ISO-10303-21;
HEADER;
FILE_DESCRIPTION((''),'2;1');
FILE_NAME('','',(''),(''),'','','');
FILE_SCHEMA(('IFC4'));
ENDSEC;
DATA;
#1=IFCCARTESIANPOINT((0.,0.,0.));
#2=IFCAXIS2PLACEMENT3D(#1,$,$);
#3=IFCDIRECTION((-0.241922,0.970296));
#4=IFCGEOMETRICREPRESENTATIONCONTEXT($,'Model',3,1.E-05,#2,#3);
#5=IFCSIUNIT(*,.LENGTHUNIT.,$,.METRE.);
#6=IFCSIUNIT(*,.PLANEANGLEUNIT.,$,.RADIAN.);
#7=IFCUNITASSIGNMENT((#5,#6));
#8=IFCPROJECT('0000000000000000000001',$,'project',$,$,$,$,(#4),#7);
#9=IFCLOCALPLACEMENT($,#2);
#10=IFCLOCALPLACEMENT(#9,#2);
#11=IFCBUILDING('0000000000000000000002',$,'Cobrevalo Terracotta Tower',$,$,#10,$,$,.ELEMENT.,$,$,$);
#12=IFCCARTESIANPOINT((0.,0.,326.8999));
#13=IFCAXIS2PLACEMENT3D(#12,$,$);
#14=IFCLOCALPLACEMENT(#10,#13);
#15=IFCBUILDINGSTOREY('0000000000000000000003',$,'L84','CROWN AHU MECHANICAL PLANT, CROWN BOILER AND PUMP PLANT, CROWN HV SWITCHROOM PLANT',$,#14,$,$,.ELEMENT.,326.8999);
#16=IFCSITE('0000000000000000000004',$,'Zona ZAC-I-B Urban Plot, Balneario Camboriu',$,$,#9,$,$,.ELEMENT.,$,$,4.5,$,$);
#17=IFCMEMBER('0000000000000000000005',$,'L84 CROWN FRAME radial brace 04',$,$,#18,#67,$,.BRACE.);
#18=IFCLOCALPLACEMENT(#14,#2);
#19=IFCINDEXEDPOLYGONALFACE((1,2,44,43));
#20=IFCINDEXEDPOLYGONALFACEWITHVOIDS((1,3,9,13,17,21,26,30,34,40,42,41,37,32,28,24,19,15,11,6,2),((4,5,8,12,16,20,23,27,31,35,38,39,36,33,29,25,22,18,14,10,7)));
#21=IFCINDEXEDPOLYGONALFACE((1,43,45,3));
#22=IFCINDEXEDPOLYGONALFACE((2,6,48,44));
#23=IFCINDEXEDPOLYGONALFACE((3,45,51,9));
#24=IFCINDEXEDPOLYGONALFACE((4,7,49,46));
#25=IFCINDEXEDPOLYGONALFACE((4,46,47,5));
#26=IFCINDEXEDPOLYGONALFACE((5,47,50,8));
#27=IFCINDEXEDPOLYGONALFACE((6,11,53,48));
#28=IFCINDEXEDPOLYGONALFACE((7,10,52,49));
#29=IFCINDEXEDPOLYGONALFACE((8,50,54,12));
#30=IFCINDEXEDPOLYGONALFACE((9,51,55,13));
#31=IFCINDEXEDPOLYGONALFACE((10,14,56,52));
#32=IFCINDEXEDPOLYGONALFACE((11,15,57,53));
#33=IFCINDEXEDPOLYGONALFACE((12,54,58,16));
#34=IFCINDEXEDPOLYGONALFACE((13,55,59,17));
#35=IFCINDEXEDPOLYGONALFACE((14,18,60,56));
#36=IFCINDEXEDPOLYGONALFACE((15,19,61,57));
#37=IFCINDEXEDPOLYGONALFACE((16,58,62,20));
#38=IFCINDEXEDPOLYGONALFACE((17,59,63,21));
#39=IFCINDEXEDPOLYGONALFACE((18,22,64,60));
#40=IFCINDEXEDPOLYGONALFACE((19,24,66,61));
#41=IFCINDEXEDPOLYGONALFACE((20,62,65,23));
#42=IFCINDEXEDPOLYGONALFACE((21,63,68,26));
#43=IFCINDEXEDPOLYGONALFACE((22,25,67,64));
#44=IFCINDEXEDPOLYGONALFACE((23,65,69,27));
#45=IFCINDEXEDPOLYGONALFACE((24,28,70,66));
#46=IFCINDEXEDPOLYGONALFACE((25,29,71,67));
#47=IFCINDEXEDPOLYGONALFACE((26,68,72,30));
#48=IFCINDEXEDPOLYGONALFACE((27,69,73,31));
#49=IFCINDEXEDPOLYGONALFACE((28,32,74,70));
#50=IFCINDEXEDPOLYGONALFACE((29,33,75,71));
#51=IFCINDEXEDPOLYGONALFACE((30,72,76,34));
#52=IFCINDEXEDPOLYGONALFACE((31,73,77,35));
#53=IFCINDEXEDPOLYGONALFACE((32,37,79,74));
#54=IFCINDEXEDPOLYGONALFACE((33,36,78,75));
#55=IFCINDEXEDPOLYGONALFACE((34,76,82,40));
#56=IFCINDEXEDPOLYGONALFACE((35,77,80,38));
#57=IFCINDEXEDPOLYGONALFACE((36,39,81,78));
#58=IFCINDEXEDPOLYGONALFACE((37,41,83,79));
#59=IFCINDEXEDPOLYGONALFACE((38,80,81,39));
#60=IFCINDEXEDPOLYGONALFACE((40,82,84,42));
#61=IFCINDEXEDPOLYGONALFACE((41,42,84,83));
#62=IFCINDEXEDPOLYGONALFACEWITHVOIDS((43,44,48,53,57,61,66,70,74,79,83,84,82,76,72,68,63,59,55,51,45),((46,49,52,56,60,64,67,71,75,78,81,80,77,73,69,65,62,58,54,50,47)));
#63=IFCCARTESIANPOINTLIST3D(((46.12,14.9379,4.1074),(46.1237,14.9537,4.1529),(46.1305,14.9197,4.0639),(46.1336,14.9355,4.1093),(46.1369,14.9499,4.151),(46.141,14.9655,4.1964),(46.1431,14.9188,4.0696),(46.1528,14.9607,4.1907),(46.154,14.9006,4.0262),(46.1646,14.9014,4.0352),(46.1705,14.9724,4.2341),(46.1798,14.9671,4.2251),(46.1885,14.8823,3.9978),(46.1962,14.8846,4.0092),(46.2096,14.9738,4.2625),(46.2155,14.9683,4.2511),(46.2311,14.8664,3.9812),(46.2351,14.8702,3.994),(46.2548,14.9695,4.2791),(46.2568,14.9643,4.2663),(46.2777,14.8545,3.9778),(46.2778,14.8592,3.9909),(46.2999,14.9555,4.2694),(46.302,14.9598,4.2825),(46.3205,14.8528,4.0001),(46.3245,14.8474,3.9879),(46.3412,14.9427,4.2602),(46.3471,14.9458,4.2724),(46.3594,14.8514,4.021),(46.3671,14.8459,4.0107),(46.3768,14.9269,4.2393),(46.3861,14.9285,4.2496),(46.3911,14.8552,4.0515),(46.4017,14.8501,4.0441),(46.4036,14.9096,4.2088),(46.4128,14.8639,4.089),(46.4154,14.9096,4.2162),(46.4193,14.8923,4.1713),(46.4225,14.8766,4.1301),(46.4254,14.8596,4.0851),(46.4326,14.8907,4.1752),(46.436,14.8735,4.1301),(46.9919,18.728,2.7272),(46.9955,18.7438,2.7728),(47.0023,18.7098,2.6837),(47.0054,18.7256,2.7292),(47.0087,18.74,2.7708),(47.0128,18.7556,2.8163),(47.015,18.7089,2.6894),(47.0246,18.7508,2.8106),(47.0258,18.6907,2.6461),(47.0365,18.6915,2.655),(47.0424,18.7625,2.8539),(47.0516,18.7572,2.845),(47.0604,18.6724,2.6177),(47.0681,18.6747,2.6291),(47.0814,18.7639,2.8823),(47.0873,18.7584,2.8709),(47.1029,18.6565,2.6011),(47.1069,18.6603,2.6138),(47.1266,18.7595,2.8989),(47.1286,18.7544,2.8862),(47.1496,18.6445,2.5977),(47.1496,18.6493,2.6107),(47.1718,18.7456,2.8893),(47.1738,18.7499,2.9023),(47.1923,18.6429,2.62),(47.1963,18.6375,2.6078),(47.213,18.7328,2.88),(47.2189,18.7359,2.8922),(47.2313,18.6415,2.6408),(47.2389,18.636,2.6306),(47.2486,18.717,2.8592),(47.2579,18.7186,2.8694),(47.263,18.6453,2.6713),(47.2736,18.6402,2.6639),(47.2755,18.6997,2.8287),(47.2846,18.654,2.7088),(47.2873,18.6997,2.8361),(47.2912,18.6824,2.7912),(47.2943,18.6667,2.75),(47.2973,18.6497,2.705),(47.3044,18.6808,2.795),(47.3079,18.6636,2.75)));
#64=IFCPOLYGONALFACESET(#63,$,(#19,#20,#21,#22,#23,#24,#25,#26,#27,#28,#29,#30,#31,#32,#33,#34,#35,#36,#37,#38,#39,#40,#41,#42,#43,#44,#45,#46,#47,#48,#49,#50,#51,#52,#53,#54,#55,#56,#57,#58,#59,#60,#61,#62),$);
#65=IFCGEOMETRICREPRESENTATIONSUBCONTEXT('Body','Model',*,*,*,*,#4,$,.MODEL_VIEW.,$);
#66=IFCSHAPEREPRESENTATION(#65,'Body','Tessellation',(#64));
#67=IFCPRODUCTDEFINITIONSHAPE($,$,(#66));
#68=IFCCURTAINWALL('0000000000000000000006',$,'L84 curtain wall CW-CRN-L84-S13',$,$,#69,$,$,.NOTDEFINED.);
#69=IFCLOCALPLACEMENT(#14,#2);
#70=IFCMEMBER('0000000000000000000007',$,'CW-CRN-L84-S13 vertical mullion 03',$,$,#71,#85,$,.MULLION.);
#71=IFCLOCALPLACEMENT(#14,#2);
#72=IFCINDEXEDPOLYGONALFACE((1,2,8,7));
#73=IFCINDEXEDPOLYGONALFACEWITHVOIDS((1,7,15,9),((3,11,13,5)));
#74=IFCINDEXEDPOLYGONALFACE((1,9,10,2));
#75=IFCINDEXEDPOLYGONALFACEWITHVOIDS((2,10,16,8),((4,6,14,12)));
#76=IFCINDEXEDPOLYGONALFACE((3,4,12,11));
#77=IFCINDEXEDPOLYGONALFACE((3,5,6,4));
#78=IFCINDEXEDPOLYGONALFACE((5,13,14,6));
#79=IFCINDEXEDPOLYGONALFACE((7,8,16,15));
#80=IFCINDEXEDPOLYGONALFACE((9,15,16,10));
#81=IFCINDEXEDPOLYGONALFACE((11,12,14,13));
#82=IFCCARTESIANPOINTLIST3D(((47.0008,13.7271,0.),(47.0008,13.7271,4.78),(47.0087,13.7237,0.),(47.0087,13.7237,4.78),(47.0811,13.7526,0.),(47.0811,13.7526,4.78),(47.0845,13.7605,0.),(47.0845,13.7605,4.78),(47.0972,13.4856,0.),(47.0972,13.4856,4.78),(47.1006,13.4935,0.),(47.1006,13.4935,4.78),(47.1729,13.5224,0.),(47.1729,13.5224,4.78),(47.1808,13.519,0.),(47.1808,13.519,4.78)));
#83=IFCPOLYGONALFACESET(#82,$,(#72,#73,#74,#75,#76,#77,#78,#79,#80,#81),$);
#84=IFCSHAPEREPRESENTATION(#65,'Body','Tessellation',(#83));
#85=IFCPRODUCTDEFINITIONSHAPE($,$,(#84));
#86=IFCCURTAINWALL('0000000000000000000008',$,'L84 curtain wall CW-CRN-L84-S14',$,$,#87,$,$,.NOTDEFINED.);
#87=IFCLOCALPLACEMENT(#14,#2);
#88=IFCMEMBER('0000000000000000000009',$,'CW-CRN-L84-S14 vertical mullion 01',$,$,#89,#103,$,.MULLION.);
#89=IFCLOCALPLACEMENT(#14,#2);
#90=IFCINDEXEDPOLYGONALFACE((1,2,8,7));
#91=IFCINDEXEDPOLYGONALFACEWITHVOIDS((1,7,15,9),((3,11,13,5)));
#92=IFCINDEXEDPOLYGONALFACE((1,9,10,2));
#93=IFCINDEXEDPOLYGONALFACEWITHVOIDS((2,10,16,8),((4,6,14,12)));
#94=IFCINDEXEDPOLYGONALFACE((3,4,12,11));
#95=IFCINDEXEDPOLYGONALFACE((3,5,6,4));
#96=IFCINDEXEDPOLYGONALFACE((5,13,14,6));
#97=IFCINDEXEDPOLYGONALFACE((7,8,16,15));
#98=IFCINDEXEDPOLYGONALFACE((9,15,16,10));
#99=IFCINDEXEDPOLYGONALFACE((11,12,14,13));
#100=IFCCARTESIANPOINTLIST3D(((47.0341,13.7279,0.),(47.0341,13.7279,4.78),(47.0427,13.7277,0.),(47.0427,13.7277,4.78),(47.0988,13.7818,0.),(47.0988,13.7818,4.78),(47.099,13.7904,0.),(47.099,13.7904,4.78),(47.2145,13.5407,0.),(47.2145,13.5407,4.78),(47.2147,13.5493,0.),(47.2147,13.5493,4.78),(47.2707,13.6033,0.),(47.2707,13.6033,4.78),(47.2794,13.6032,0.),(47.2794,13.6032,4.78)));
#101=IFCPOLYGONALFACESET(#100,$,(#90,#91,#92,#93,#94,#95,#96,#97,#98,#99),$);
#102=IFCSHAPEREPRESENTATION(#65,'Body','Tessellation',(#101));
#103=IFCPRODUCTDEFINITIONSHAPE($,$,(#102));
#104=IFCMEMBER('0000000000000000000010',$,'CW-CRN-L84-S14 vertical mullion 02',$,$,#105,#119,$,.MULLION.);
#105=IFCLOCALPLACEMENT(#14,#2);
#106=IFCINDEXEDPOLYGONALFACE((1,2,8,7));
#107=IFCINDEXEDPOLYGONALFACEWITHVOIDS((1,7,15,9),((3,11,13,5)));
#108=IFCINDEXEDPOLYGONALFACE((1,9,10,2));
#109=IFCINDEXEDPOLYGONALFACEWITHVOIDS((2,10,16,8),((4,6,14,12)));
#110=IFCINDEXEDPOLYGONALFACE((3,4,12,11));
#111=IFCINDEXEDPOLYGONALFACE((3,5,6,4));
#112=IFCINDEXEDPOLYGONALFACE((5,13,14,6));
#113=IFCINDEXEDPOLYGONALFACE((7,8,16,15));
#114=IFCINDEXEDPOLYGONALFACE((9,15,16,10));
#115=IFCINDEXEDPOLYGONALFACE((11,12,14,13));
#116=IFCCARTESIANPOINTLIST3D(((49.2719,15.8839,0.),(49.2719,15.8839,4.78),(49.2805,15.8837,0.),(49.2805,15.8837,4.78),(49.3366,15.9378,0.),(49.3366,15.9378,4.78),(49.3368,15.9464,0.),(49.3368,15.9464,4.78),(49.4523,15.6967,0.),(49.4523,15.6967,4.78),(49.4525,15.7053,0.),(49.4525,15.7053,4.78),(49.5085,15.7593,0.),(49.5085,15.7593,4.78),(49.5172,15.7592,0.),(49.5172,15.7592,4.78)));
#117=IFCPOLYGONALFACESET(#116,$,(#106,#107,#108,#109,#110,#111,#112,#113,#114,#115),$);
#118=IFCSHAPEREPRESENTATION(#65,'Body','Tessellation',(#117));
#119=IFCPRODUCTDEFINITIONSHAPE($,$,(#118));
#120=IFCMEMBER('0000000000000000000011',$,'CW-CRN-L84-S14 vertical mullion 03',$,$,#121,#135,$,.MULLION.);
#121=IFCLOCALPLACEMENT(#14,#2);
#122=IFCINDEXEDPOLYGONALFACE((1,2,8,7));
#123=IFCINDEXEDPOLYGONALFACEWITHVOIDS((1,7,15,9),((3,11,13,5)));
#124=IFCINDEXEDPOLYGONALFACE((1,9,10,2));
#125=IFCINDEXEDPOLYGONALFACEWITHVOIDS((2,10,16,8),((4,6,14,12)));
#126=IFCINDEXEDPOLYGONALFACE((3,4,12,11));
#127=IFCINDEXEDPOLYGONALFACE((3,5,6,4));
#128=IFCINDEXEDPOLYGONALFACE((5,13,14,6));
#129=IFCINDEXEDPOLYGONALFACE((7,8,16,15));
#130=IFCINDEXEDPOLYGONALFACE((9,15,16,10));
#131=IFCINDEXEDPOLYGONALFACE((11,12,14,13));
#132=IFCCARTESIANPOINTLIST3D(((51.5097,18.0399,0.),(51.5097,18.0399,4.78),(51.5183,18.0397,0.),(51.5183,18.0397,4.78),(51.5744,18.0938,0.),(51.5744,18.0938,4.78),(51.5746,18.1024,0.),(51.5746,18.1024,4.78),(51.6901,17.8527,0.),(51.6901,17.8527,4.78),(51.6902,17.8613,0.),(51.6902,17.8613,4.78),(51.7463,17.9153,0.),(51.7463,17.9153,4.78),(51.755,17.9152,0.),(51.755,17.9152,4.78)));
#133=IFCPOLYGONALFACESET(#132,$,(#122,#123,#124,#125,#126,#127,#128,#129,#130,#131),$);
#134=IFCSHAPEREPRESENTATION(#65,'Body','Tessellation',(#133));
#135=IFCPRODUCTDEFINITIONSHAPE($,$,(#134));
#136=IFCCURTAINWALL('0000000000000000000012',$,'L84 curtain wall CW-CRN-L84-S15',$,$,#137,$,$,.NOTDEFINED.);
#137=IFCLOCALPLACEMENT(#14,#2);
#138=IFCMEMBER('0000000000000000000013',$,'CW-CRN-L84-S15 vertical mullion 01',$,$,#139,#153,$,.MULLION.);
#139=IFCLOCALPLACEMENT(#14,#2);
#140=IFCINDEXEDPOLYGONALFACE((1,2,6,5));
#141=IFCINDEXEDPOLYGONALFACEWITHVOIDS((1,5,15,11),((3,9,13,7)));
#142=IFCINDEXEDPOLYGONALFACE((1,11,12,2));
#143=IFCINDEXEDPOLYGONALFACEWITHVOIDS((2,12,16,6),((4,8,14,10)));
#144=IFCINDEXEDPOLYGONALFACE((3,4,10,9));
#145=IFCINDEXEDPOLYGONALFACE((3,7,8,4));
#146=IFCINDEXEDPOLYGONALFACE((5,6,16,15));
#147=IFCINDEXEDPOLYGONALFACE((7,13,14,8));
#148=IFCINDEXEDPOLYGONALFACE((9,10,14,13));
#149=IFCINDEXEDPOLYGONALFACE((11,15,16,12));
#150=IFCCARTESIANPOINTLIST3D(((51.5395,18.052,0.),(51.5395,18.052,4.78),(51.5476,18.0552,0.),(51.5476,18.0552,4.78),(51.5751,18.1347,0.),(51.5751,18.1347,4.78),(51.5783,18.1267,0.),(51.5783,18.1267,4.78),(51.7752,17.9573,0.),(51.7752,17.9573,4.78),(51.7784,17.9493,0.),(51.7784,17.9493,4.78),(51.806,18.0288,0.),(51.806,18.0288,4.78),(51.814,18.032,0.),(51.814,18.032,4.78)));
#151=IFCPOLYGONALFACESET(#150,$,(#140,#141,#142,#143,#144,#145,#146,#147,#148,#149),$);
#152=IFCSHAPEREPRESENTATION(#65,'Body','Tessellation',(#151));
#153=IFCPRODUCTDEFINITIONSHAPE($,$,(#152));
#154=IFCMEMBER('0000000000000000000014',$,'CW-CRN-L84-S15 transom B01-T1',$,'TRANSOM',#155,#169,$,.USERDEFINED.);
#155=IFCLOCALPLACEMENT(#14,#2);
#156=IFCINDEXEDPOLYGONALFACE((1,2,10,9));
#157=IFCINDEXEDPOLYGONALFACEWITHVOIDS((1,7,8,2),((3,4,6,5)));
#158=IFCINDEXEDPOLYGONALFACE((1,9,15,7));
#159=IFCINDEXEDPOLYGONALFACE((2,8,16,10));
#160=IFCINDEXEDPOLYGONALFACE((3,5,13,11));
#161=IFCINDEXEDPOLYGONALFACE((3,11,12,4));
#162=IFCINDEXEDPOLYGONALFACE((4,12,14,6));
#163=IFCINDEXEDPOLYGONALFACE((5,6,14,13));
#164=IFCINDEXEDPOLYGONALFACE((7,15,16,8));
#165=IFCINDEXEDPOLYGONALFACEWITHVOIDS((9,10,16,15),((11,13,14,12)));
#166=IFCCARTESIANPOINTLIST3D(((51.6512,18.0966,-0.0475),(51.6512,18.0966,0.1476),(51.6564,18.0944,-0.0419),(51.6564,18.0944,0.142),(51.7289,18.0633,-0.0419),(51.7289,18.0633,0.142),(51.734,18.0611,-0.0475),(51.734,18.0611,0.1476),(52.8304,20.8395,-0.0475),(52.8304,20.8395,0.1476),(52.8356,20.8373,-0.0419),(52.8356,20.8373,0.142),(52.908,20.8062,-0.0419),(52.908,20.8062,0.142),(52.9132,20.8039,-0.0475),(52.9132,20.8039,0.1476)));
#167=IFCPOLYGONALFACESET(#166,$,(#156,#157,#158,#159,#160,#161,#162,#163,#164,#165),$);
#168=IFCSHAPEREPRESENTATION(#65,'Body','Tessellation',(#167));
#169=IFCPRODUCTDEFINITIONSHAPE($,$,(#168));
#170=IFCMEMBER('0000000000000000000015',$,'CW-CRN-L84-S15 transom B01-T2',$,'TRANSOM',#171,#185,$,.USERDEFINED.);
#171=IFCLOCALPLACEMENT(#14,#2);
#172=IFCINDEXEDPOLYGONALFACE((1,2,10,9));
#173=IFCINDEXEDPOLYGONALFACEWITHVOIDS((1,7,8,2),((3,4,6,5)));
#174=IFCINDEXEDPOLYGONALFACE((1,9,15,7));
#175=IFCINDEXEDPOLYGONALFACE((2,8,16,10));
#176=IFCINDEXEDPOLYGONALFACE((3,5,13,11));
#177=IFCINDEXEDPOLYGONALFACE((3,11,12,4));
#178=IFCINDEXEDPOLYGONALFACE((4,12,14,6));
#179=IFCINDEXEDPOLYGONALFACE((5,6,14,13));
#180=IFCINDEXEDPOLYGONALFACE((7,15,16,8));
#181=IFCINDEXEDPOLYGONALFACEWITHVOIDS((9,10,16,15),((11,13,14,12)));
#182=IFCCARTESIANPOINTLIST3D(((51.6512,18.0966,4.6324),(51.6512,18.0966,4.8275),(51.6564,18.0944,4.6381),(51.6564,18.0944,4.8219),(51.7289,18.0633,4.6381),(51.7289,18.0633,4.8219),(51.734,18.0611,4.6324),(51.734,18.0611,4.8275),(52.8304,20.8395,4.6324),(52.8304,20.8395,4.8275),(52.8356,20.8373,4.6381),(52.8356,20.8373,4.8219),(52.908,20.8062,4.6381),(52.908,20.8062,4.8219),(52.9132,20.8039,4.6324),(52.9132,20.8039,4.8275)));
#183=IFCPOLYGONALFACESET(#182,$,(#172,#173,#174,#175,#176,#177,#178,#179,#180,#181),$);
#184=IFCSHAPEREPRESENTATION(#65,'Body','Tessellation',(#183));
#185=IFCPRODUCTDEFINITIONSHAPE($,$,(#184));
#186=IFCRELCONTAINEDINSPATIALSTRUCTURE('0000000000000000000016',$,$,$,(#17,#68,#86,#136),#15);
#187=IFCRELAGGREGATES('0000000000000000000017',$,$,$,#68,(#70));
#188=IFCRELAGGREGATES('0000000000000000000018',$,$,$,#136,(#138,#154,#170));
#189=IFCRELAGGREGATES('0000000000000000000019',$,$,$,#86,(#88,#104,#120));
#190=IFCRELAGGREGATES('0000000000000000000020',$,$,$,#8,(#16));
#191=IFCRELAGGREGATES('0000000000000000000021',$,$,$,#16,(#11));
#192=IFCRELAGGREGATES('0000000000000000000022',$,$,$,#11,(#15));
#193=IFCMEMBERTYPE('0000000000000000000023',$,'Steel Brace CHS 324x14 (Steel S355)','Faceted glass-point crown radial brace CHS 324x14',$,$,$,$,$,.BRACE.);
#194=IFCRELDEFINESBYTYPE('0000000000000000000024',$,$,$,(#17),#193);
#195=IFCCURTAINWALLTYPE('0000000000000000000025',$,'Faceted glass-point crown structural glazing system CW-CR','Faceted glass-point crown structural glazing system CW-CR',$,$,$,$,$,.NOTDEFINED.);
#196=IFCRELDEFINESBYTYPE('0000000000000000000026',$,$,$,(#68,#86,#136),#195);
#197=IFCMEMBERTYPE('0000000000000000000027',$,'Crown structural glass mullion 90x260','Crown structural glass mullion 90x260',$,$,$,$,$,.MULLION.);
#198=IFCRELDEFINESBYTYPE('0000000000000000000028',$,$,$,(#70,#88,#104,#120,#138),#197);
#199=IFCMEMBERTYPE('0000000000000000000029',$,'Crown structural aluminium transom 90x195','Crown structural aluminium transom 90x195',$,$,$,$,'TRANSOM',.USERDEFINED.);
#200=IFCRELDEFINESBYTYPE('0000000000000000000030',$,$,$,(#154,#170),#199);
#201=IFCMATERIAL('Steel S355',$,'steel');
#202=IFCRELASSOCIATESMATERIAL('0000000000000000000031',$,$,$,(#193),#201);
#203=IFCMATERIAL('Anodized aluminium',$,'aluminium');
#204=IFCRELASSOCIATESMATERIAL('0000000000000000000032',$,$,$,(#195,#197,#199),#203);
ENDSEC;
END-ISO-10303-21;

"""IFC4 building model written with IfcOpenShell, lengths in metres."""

from ifc_helpers import new_model, si_unit, direction, frame, origin, origin_2d, place, context, subcontext, project, spatial, hollow_rectangle, hollow_circle, extrude, source, transform, mapped, material, material_profile, profile_set, type_object, element, aggregate, save


model = new_model("IFC4")

# Units and contexts
model_context = context("Model", 3, precision=1e-05, world=origin(), true_north=direction((-0.241922, 0.970296)))
body_context = subcontext(model_context, "Body", "Model", "MODEL_VIEW")
ifc_project = project(units=[si_unit("LENGTHUNIT", "METRE"), si_unit("PLANEANGLEUNIT", "RADIAN")], contexts=[model_context])

# Site, building, storey
site_placement = place(None, origin())
site = spatial("IfcSite", under=ifc_project, at=site_placement, Name="Zona ZAC-I-B Urban Plot, Balneario Camboriu", CompositionType="ELEMENT", RefElevation=4.5)
building_placement = place(site_placement, origin())
building = spatial("IfcBuilding", under=site, at=building_placement, Name="Cobrevalo Terracotta Tower", CompositionType="ELEMENT")
storey_placement = place(building_placement, frame((0.0, 0.0, 326.8999)))
storey = spatial("IfcBuildingStorey", under=building, at=storey_placement, Name="L84", Description="CROWN AHU MECHANICAL PLANT, CROWN BOILER AND PUMP PLANT, CROWN HV SWITCHROOM PLANT", CompositionType="ELEMENT", Elevation=326.8999)

# Member
ifc_material_1 = material(Name="Steel S355", Category="steel")
ifc_material_profile_1 = material_profile(ifc_material_1, hollow_circle(Radius=0.1621, WallThickness=0.0139, at=origin_2d()), Name="CHS 324x14")
ifc_profile_set_1 = profile_set([ifc_material_profile_1], Name="Steel S355")
member_type_1 = type_object("IfcMemberType", Name="Steel Brace CHS 324x14 (Steel S355)", Description="Faceted glass-point crown radial brace CHS 324x14", PredefinedType="BRACE", material=ifc_profile_set_1)
shared_shape_1 = source(origin(), body_context, "Body", "SweptSolid", [
    extrude(hollow_circle(Radius=0.1621, WallThickness=0.0139, at=origin_2d()), origin(), (0.0, 0.0, 1.0), 4.1267),
])
member_1_placement = place(storey_placement, frame((47.1499, 18.7, 2.75), z_axis=(-0.211267, -0.91843, 0.334443), x_axis=(0.974549, -0.224176, 0.0)))
element("IfcMember", 1, at=member_1_placement, inside=storey, type_object=member_type_1, Name="L84 CROWN FRAME radial brace 04", PredefinedType="BRACE", context=body_context, shape_type="MappedRepresentation", body=[
    mapped(shared_shape_1, transform((0.0, 0.0, 0.0), scale=1.0)),
])

# Curtain wall, member
ifc_material_2 = material(Name="Anodized aluminium", Category="aluminium")
curtain_wall_type = type_object("IfcCurtainWallType", Name="Faceted glass-point crown structural glazing system CW-CR", Description="Faceted glass-point crown structural glazing system CW-CR", PredefinedType="NOTDEFINED", material=ifc_material_2)
curtain_wall_1_placement = place(storey_placement, origin())
curtain_wall_1 = element("IfcCurtainWall", 2, at=curtain_wall_1_placement, inside=storey, type_object=curtain_wall_type, Name="L84 curtain wall CW-CRN-L84-S13", PredefinedType="NOTDEFINED")
ifc_material_profile_2 = material_profile(ifc_material_2, hollow_rectangle(XDim=0.0901, YDim=0.26, WallThickness=0.0061, at=origin_2d()), Name="CWM 90x260")
ifc_profile_set_2 = profile_set([ifc_material_profile_2], Name="Anodized aluminium")
member_type_2 = type_object("IfcMemberType", Name="Crown structural glass mullion 90x260", Description="Crown structural glass mullion 90x260", PredefinedType="MULLION", material=ifc_profile_set_2)
shared_shape_2 = source(origin(), body_context, "Body", "SweptSolid", [
    extrude(hollow_rectangle(XDim=0.0901, YDim=0.26, WallThickness=0.0061, at=origin_2d()), origin(), (0.0, 0.0, 1.0), 4.78),
])
member_2_placement = place(storey_placement, frame((47.0908, 13.623, 0.0), z_axis=(0.0, 0.0, 1.0), x_axis=(0.928771, 0.370655, 0.0)))
member_2 = element("IfcMember", 3, at=member_2_placement, type_object=member_type_2, Name="CW-CRN-L84-S13 vertical mullion 03", PredefinedType="MULLION", context=body_context, shape_type="MappedRepresentation", body=[
    mapped(shared_shape_2, transform((0.0, 0.0, 0.0), scale=1.0)),
])
aggregate(curtain_wall_1, [member_2])

# Curtain walls, members
curtain_wall_2_placement = place(storey_placement, origin())
curtain_wall_2 = element("IfcCurtainWall", 4, at=curtain_wall_2_placement, inside=storey, type_object=curtain_wall_type, Name="L84 curtain wall CW-CRN-L84-S14", PredefinedType="NOTDEFINED")
member_3_placement = place(storey_placement, frame((47.1567, 13.6655, 0.0), z_axis=(0.0, 0.0, 1.0), x_axis=(0.72014, 0.693829, 0.0)))
member_3 = element("IfcMember", 5, at=member_3_placement, type_object=member_type_2, Name="CW-CRN-L84-S14 vertical mullion 01", PredefinedType="MULLION", context=body_context, shape_type="MappedRepresentation", body=[
    mapped(shared_shape_2, transform((0.0, 0.0, 0.0), scale=1.0)),
])
member_4_placement = place(storey_placement, frame((49.3945, 15.8215, 0.0), z_axis=(0.0, 0.0, 1.0), x_axis=(0.72014, 0.693829, 0.0)))
member_4 = element("IfcMember", 6, at=member_4_placement, type_object=member_type_2, Name="CW-CRN-L84-S14 vertical mullion 02", PredefinedType="MULLION", context=body_context, shape_type="MappedRepresentation", body=[
    mapped(shared_shape_2, transform((0.0, 0.0, 0.0), scale=1.0)),
])
member_5_placement = place(storey_placement, frame((51.6323, 17.9775, 0.0), z_axis=(0.0, 0.0, 1.0), x_axis=(0.72014, 0.693829, 0.0)))
member_5 = element("IfcMember", 7, at=member_5_placement, type_object=member_type_2, Name="CW-CRN-L84-S14 vertical mullion 03", PredefinedType="MULLION", context=body_context, shape_type="MappedRepresentation", body=[
    mapped(shared_shape_2, transform((0.0, 0.0, 0.0), scale=1.0)),
])
curtain_wall_3_placement = place(storey_placement, origin())
curtain_wall_3 = element("IfcCurtainWall", 8, at=curtain_wall_3_placement, inside=storey, type_object=curtain_wall_type, Name="L84 curtain wall CW-CRN-L84-S15", PredefinedType="NOTDEFINED")
member_6_placement = place(storey_placement, frame((51.6768, 18.042, 0.0), z_axis=(0.0, 0.0, 1.0), x_axis=(0.394968, 0.918695, 0.0)))
member_6 = element("IfcMember", 9, at=member_6_placement, type_object=member_type_2, Name="CW-CRN-L84-S15 vertical mullion 01", PredefinedType="MULLION", context=body_context, shape_type="MappedRepresentation", body=[
    mapped(shared_shape_2, transform((0.0, 0.0, 0.0), scale=1.0)),
])
ifc_material_profile_3 = material_profile(ifc_material_2, hollow_rectangle(XDim=0.0901, YDim=0.1951, WallThickness=0.0056, at=origin_2d()), Name="CWT 90x195")
ifc_profile_set_3 = profile_set([ifc_material_profile_3], Name="Anodized aluminium")
member_type_3 = type_object("IfcMemberType", Name="Crown structural aluminium transom 90x195", Description="Crown structural aluminium transom 90x195", ElementType="TRANSOM", PredefinedType="USERDEFINED", material=ifc_profile_set_3)
shared_shape_3 = source(origin(), body_context, "Body", "SweptSolid", [
    extrude(hollow_rectangle(XDim=0.0901, YDim=0.1951, WallThickness=0.0056, at=origin_2d()), origin(), (0.0, 0.0, 1.0), 2.9856),
])
member_7_placement = place(storey_placement, frame((51.6926, 18.0789, 0.05), z_axis=(0.394955, 0.9187, 0.0), x_axis=(-0.9187, 0.394955, 0.0)))
member_7 = element("IfcMember", 10, at=member_7_placement, type_object=member_type_3, Name="CW-CRN-L84-S15 transom B01-T1", ObjectType="TRANSOM", PredefinedType="USERDEFINED", context=body_context, shape_type="MappedRepresentation", body=[
    mapped(shared_shape_3, transform((0.0, 0.0, 0.0), scale=1.0)),
])
member_8_placement = place(storey_placement, frame((51.6926, 18.0789, 4.73), z_axis=(0.394955, 0.9187, 0.0), x_axis=(-0.9187, 0.394955, 0.0)))
member_8 = element("IfcMember", 11, at=member_8_placement, type_object=member_type_3, Name="CW-CRN-L84-S15 transom B01-T2", ObjectType="TRANSOM", PredefinedType="USERDEFINED", context=body_context, shape_type="MappedRepresentation", body=[
    mapped(shared_shape_3, transform((0.0, 0.0, 0.0), scale=1.0)),
])
aggregate(curtain_wall_3, [member_6, member_7, member_8])

aggregate(curtain_wall_2, [member_3, member_4, member_5])

save(model, "model.ifc")
